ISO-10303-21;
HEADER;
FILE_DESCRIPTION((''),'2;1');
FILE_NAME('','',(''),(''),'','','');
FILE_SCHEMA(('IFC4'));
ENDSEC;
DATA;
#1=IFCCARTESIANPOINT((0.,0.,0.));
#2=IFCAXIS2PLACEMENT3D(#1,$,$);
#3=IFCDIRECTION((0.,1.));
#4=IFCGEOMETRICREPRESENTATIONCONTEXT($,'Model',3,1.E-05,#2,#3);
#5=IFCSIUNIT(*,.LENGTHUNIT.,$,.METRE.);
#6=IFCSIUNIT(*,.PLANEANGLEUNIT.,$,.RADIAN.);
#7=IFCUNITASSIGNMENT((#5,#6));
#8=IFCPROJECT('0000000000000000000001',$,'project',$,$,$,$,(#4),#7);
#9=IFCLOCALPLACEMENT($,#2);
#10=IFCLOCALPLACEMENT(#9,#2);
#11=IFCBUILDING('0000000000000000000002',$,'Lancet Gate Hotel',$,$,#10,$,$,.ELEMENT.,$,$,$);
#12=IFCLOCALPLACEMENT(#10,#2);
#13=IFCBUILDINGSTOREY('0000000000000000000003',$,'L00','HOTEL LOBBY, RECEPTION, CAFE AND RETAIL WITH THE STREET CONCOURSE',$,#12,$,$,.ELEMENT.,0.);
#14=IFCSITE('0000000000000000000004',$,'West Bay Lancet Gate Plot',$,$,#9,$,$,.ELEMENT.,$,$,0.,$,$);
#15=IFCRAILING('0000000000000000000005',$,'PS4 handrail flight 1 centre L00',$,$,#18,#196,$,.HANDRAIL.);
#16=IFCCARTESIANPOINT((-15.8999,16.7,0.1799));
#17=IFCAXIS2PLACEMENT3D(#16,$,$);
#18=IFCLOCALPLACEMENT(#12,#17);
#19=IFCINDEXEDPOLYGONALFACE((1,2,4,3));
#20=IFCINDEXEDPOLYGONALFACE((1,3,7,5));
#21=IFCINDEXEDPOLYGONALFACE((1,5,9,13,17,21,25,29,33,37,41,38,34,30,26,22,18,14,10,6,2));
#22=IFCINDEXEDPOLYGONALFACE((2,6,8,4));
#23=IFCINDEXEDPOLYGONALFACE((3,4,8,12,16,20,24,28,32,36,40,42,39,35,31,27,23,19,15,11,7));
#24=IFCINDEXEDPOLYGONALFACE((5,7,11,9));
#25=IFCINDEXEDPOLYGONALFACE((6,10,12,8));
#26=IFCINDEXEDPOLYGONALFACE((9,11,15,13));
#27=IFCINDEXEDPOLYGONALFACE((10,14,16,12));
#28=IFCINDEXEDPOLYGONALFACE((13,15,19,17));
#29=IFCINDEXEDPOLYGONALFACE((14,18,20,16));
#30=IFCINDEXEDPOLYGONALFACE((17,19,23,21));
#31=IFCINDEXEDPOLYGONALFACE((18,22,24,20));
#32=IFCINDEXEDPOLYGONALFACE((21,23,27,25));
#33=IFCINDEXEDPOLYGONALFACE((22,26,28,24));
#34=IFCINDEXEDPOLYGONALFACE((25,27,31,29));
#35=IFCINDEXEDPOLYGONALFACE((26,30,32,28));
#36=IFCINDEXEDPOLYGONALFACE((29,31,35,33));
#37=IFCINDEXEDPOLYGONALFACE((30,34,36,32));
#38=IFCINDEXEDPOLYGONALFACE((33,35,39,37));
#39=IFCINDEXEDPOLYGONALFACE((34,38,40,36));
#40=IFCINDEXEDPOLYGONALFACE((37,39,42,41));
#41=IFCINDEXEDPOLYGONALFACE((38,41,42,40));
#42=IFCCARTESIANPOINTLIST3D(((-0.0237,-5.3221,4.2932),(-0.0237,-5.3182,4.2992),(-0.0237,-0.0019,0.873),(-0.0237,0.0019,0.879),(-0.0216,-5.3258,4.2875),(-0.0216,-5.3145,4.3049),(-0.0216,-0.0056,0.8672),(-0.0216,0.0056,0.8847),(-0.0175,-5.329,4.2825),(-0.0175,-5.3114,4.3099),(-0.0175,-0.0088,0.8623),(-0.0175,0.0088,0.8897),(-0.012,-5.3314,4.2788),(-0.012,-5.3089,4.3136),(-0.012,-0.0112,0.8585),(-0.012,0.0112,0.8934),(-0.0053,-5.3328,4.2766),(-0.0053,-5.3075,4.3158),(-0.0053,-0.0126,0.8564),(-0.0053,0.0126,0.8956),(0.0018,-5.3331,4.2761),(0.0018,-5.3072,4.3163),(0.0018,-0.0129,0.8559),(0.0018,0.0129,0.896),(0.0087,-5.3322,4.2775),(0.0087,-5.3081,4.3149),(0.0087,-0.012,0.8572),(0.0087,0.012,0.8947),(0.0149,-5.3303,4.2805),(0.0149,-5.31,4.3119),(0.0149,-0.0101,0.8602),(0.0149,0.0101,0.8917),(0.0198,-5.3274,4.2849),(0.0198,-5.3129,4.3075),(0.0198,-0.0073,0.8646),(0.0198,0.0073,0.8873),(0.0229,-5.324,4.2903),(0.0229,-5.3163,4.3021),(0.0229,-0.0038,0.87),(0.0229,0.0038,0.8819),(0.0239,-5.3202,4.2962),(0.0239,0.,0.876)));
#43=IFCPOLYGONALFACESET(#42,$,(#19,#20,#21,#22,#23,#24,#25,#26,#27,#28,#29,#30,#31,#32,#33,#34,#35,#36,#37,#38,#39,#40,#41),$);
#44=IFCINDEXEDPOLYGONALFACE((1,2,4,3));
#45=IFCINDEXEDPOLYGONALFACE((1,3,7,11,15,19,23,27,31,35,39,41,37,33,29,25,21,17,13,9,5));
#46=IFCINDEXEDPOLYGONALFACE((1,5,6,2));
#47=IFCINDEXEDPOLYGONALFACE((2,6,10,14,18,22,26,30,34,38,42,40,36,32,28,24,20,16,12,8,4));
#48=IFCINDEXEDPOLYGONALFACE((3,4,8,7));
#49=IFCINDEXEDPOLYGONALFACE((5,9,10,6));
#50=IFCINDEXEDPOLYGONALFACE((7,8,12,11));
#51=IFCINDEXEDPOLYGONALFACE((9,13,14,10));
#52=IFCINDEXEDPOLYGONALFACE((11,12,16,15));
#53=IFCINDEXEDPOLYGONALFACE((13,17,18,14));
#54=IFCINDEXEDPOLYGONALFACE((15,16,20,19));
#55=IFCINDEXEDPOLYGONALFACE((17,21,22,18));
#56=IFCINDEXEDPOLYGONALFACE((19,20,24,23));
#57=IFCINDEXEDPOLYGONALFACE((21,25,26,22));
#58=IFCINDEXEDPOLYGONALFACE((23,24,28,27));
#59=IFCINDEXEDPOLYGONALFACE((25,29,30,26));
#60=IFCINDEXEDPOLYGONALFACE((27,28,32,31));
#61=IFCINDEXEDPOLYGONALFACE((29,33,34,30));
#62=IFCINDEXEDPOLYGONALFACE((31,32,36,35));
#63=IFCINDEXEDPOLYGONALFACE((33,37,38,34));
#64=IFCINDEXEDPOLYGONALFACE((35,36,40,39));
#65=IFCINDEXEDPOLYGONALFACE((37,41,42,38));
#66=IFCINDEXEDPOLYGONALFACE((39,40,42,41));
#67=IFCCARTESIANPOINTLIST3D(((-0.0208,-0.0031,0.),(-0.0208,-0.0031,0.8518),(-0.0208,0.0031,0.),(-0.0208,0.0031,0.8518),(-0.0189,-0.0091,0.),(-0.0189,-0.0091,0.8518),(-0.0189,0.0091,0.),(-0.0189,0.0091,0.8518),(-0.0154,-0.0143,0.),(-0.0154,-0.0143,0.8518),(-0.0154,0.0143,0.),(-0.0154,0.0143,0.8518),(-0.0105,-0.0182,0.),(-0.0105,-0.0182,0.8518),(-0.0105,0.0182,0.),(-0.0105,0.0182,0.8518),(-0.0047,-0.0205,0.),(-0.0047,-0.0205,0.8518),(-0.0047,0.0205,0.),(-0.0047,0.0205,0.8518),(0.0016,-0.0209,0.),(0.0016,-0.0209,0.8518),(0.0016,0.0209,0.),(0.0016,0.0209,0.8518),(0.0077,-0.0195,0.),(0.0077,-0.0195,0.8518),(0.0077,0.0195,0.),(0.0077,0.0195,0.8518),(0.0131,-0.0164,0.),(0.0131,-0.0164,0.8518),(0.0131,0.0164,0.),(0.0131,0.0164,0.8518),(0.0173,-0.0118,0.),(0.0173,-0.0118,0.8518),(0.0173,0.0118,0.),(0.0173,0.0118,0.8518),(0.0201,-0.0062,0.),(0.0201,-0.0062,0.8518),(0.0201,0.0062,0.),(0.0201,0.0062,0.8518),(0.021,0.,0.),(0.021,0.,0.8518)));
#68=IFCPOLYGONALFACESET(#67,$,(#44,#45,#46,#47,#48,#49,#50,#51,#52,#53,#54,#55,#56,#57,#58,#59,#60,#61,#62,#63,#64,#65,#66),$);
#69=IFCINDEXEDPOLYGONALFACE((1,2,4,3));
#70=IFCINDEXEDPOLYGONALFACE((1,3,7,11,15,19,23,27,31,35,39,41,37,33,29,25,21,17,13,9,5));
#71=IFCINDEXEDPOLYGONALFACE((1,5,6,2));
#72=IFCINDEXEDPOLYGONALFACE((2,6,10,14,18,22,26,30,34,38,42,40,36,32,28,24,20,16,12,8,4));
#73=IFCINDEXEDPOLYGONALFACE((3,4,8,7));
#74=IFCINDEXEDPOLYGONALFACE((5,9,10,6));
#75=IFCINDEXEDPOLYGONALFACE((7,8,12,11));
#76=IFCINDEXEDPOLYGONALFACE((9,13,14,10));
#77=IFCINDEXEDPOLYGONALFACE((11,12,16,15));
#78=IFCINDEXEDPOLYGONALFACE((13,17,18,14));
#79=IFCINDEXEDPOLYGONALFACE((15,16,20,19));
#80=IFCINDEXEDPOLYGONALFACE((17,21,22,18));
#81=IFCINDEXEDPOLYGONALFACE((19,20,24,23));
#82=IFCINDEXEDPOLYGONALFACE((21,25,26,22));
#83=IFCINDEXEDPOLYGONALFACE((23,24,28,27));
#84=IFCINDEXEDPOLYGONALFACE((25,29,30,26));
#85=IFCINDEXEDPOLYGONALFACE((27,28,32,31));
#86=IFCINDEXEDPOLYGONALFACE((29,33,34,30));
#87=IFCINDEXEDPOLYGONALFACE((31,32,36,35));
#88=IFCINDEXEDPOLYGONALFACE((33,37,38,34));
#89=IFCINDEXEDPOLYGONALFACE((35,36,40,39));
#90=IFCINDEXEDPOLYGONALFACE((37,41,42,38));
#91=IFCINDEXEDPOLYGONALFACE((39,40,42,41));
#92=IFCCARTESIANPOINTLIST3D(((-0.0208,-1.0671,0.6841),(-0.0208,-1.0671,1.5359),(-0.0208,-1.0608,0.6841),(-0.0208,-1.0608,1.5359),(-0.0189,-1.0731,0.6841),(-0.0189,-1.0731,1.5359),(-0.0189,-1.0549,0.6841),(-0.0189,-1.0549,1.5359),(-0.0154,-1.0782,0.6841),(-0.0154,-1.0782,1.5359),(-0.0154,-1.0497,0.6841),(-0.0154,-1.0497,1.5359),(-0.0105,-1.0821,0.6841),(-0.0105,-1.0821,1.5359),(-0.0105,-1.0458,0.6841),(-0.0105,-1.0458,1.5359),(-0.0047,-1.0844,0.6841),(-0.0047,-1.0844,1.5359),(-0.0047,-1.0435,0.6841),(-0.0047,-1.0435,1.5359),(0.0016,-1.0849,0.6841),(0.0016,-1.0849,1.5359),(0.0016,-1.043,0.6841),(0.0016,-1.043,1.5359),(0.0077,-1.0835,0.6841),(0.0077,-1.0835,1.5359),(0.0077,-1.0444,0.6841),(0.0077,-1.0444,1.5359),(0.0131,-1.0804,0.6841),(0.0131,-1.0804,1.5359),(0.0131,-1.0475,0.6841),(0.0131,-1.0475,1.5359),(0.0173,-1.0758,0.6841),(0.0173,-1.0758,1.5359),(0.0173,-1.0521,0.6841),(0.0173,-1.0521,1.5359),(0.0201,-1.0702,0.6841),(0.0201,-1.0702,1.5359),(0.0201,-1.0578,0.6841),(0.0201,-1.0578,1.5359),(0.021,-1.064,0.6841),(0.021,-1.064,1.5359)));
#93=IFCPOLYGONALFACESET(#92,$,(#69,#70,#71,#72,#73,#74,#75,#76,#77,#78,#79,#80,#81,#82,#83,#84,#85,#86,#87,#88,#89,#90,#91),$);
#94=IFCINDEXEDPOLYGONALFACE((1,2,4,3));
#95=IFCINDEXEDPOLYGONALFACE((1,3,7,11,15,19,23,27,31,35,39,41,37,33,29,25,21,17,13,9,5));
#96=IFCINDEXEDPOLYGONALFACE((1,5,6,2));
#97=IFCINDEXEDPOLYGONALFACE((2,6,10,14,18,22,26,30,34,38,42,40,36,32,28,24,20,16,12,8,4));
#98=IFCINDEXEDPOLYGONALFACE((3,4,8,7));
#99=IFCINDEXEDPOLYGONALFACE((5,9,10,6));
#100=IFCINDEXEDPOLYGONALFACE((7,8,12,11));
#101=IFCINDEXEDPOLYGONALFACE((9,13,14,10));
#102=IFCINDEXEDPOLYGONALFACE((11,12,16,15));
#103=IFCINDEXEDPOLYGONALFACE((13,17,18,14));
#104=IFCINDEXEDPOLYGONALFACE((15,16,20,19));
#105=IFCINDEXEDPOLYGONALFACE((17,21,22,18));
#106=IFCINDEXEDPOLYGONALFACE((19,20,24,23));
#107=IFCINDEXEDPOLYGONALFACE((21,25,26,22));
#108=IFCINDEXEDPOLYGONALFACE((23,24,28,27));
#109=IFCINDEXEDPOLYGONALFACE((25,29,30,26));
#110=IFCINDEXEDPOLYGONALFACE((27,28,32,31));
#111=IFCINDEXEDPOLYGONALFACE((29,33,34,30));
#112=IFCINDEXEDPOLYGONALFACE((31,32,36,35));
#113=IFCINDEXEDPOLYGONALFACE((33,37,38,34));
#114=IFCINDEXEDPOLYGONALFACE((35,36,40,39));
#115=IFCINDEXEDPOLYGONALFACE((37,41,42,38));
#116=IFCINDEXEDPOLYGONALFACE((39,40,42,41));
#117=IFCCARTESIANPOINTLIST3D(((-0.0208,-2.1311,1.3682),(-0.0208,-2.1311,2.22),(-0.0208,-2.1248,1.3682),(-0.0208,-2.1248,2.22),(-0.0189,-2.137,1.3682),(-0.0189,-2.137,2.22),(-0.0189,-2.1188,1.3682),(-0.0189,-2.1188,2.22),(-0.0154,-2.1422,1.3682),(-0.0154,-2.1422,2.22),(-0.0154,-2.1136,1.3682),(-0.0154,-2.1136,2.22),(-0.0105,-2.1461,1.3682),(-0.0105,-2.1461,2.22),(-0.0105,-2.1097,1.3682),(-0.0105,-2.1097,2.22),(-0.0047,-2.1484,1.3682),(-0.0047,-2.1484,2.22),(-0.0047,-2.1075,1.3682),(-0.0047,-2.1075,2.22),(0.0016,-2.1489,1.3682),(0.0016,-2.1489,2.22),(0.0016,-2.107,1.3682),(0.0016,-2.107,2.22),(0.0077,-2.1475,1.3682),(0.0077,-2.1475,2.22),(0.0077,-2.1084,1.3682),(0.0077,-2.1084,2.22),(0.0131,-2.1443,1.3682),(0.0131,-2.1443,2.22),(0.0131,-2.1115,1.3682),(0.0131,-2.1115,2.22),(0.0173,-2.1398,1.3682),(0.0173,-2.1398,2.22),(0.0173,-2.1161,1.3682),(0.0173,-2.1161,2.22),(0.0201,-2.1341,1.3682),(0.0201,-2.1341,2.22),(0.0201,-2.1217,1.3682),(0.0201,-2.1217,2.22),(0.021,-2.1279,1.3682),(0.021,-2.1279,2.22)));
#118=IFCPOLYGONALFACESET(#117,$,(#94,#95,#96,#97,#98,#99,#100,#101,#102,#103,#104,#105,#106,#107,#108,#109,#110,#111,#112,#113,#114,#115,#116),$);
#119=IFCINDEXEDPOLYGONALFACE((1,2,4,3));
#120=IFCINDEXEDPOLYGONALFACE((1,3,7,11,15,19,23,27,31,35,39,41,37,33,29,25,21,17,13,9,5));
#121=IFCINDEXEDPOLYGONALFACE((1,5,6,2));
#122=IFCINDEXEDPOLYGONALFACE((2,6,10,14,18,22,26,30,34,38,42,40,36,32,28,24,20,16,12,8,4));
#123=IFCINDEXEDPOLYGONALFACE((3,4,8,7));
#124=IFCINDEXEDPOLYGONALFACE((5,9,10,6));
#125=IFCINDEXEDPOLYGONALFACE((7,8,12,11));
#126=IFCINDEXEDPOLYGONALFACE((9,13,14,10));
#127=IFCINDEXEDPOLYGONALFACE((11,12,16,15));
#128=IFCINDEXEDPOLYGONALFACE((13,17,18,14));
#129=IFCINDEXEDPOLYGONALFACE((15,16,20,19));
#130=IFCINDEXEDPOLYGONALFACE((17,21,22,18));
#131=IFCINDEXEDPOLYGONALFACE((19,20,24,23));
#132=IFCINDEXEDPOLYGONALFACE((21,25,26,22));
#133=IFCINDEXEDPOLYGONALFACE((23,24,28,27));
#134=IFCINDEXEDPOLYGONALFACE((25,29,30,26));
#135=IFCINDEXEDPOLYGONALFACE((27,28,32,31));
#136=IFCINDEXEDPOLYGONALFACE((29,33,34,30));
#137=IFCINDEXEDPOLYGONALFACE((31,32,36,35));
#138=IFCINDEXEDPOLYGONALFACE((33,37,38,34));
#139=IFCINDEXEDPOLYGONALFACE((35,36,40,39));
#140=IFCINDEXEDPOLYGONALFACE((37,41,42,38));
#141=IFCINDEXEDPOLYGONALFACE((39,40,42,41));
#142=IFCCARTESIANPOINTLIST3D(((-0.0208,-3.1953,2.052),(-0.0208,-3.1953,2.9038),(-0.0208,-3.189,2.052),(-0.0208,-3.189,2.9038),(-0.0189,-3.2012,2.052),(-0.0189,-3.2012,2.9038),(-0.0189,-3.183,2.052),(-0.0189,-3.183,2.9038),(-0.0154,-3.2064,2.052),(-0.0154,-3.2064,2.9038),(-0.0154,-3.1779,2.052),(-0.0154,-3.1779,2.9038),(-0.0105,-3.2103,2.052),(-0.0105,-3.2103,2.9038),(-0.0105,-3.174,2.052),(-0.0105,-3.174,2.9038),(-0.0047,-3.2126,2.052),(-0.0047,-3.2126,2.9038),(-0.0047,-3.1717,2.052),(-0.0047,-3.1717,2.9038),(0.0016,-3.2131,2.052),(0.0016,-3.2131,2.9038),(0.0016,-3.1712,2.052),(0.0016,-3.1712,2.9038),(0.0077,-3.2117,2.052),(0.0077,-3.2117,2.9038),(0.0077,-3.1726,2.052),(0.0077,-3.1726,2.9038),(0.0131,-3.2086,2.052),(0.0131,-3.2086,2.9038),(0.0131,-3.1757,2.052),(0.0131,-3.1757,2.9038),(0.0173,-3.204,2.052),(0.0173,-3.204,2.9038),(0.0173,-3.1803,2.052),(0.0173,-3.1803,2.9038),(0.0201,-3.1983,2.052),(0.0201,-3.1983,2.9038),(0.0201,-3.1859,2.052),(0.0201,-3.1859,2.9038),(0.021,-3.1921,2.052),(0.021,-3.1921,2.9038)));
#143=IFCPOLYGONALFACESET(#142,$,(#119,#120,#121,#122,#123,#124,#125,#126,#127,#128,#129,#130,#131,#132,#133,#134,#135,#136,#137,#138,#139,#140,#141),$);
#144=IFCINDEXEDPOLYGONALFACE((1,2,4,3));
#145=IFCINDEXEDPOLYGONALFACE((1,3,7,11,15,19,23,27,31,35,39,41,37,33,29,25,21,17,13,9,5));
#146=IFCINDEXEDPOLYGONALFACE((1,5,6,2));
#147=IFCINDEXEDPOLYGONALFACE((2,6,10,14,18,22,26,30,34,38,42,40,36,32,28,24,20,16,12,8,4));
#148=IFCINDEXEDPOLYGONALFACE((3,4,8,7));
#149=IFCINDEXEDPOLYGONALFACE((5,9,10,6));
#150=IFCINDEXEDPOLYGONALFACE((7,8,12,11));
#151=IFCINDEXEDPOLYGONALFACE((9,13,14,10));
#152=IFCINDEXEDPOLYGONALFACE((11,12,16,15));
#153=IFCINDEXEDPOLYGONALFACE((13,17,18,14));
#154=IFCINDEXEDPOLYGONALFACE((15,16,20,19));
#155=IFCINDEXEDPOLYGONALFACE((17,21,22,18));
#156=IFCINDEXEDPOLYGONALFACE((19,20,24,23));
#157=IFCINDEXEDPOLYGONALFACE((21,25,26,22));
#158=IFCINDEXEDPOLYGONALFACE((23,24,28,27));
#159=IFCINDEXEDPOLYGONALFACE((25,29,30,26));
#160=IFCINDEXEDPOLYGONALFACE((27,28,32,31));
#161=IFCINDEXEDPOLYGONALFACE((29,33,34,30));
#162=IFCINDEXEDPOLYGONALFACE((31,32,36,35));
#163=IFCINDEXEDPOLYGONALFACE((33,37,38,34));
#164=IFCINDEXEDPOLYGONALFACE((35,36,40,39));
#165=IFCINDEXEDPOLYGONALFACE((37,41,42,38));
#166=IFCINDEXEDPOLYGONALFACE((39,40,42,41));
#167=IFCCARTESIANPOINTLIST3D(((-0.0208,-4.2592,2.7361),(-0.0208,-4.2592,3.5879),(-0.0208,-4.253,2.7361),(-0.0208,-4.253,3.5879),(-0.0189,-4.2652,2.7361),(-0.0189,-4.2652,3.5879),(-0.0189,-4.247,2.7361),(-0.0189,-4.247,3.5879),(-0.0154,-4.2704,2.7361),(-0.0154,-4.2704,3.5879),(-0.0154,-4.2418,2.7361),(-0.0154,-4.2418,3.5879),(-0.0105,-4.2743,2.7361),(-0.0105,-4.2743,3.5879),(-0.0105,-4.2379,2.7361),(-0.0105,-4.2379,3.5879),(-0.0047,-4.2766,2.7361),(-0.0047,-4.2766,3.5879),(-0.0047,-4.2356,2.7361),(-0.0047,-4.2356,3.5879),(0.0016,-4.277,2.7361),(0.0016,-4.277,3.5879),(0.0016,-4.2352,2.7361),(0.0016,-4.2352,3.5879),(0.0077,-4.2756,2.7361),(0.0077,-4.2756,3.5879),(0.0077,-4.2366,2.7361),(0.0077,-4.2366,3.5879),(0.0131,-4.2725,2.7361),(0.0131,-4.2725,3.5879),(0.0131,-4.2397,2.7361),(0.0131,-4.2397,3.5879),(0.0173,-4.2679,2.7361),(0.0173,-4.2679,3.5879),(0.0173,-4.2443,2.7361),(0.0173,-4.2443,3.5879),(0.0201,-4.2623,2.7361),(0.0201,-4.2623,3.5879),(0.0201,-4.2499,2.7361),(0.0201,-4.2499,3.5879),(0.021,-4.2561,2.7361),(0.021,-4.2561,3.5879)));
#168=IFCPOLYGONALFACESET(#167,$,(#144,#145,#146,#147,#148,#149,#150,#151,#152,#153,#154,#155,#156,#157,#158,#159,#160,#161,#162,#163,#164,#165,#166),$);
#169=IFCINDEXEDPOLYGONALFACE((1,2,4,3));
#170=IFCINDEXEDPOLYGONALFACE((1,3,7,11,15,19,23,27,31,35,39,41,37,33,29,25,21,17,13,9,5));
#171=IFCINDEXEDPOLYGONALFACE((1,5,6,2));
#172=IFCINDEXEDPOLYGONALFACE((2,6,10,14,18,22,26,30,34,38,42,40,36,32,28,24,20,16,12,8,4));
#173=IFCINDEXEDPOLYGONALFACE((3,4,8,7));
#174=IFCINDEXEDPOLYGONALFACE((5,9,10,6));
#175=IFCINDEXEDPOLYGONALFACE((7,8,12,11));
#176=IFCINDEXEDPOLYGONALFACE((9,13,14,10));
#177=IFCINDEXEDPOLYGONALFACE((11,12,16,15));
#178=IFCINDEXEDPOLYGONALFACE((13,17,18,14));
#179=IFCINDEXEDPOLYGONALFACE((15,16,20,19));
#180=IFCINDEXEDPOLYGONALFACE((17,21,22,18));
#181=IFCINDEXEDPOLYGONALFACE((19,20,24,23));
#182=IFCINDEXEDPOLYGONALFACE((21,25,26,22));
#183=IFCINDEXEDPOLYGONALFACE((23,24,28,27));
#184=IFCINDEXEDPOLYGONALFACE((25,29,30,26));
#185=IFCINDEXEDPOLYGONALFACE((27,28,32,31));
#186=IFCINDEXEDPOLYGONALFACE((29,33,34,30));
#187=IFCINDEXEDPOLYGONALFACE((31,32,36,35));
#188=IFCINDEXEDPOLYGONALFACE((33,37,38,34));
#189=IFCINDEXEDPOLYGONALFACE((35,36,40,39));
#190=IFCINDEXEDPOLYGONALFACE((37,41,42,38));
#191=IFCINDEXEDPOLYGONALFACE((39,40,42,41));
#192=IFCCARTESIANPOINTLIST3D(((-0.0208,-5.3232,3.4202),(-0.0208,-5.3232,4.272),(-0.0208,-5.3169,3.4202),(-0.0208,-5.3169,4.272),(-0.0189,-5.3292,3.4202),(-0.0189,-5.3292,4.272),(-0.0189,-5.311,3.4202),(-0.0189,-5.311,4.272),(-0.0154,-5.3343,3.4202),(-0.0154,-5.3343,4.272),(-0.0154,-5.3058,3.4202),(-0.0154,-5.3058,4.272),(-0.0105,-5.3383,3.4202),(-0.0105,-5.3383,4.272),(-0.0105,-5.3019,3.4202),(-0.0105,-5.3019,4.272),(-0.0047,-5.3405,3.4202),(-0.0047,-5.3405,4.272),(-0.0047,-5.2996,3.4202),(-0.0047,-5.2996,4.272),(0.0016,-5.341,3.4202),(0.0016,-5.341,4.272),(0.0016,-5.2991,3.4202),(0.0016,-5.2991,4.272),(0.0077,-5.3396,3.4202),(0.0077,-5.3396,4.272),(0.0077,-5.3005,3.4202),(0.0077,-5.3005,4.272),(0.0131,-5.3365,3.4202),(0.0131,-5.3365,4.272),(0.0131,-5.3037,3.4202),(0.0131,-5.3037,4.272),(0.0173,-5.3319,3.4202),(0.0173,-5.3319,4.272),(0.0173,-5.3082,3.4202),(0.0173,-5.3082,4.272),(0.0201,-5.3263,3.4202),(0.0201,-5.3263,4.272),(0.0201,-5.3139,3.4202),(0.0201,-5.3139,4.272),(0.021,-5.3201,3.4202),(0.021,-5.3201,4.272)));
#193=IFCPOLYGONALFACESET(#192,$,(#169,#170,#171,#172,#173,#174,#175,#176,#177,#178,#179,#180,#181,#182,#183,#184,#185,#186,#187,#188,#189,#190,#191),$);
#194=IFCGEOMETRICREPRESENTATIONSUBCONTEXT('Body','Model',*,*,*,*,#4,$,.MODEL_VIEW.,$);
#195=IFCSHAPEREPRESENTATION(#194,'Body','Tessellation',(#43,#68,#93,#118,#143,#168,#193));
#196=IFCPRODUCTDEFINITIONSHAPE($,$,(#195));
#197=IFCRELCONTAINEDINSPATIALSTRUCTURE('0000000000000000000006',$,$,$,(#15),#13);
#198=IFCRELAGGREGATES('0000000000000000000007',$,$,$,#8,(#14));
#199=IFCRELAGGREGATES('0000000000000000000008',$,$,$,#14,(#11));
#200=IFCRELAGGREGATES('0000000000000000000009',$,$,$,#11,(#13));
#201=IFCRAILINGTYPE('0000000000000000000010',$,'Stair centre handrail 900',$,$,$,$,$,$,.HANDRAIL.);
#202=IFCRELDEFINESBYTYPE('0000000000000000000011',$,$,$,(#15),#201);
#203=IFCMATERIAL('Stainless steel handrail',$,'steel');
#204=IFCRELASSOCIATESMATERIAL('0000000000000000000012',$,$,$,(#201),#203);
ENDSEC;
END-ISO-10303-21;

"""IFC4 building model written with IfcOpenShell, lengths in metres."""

from ifc_helpers import new_model, si_unit, direction, frame, origin, origin_2d, place, context, subcontext, project, spatial, circle, extrude, material, type_object, element, save


model = new_model("IFC4")

# Units and contexts
model_context = context("Model", 3, precision=1e-05, world=origin(), true_north=direction((0.0, 1.0)))
body_context = subcontext(model_context, "Body", "Model", "MODEL_VIEW")
ifc_project = project(units=[si_unit("LENGTHUNIT", "METRE"), si_unit("PLANEANGLEUNIT", "RADIAN")], contexts=[model_context])

# Site, building, storey
site_placement = place(None, origin())
site = spatial("IfcSite", under=ifc_project, at=site_placement, Name="West Bay Lancet Gate Plot", CompositionType="ELEMENT", RefElevation=0.0)
building_placement = place(site_placement, origin())
building = spatial("IfcBuilding", under=site, at=building_placement, Name="Lancet Gate Hotel", CompositionType="ELEMENT")
storey_placement = place(building_placement, origin())
storey = spatial("IfcBuildingStorey", under=building, at=storey_placement, Name="L00", Description="HOTEL LOBBY, RECEPTION, CAFE AND RETAIL WITH THE STREET CONCOURSE", CompositionType="ELEMENT", Elevation=0.0)

# Railing
ifc_material_1 = material(Name="Stainless steel handrail", Category="steel")
railing_type_1 = type_object("IfcRailingType", Name="Stair centre handrail 900", PredefinedType="HANDRAIL", material=ifc_material_1)
railing_1_placement = place(storey_placement, frame((-15.8999, 16.7, 0.1799)))
element("IfcRailing", 1, at=railing_1_placement, inside=storey, type_object=railing_type_1, Name="PS4 handrail flight 1 centre L00", PredefinedType="HANDRAIL", context=body_context, shape_type="SweptSolid", body=[
    extrude(circle(Radius=0.0239, at=origin_2d()), frame((0.0, 0.0, 0.876), z_axis=(0.0, -0.84117, 0.540771), x_axis=(1.0, 0.0, 0.0)), (0.0, 0.0, 1.0), 6.3247),
    extrude(circle(Radius=0.021, at=origin_2d()), origin(), (0.0, 0.0, 1.0), 0.8518),
    extrude(circle(Radius=0.021, at=origin_2d()), frame((0.0, -1.064, 0.6841)), (0.0, 0.0, 1.0), 0.8518),
    extrude(circle(Radius=0.021, at=origin_2d()), frame((0.0, -2.1279, 1.3682)), (0.0, 0.0, 1.0), 0.8518),
    extrude(circle(Radius=0.021, at=origin_2d()), frame((0.0, -3.1921, 2.052)), (0.0, 0.0, 1.0), 0.8518),
    extrude(circle(Radius=0.021, at=origin_2d()), frame((0.0, -4.2561, 2.7361)), (0.0, 0.0, 1.0), 0.8518),
    extrude(circle(Radius=0.021, at=origin_2d()), frame((0.0, -5.3201, 3.4202)), (0.0, 0.0, 1.0), 0.8518),
])

save(model, "model.ifc")
